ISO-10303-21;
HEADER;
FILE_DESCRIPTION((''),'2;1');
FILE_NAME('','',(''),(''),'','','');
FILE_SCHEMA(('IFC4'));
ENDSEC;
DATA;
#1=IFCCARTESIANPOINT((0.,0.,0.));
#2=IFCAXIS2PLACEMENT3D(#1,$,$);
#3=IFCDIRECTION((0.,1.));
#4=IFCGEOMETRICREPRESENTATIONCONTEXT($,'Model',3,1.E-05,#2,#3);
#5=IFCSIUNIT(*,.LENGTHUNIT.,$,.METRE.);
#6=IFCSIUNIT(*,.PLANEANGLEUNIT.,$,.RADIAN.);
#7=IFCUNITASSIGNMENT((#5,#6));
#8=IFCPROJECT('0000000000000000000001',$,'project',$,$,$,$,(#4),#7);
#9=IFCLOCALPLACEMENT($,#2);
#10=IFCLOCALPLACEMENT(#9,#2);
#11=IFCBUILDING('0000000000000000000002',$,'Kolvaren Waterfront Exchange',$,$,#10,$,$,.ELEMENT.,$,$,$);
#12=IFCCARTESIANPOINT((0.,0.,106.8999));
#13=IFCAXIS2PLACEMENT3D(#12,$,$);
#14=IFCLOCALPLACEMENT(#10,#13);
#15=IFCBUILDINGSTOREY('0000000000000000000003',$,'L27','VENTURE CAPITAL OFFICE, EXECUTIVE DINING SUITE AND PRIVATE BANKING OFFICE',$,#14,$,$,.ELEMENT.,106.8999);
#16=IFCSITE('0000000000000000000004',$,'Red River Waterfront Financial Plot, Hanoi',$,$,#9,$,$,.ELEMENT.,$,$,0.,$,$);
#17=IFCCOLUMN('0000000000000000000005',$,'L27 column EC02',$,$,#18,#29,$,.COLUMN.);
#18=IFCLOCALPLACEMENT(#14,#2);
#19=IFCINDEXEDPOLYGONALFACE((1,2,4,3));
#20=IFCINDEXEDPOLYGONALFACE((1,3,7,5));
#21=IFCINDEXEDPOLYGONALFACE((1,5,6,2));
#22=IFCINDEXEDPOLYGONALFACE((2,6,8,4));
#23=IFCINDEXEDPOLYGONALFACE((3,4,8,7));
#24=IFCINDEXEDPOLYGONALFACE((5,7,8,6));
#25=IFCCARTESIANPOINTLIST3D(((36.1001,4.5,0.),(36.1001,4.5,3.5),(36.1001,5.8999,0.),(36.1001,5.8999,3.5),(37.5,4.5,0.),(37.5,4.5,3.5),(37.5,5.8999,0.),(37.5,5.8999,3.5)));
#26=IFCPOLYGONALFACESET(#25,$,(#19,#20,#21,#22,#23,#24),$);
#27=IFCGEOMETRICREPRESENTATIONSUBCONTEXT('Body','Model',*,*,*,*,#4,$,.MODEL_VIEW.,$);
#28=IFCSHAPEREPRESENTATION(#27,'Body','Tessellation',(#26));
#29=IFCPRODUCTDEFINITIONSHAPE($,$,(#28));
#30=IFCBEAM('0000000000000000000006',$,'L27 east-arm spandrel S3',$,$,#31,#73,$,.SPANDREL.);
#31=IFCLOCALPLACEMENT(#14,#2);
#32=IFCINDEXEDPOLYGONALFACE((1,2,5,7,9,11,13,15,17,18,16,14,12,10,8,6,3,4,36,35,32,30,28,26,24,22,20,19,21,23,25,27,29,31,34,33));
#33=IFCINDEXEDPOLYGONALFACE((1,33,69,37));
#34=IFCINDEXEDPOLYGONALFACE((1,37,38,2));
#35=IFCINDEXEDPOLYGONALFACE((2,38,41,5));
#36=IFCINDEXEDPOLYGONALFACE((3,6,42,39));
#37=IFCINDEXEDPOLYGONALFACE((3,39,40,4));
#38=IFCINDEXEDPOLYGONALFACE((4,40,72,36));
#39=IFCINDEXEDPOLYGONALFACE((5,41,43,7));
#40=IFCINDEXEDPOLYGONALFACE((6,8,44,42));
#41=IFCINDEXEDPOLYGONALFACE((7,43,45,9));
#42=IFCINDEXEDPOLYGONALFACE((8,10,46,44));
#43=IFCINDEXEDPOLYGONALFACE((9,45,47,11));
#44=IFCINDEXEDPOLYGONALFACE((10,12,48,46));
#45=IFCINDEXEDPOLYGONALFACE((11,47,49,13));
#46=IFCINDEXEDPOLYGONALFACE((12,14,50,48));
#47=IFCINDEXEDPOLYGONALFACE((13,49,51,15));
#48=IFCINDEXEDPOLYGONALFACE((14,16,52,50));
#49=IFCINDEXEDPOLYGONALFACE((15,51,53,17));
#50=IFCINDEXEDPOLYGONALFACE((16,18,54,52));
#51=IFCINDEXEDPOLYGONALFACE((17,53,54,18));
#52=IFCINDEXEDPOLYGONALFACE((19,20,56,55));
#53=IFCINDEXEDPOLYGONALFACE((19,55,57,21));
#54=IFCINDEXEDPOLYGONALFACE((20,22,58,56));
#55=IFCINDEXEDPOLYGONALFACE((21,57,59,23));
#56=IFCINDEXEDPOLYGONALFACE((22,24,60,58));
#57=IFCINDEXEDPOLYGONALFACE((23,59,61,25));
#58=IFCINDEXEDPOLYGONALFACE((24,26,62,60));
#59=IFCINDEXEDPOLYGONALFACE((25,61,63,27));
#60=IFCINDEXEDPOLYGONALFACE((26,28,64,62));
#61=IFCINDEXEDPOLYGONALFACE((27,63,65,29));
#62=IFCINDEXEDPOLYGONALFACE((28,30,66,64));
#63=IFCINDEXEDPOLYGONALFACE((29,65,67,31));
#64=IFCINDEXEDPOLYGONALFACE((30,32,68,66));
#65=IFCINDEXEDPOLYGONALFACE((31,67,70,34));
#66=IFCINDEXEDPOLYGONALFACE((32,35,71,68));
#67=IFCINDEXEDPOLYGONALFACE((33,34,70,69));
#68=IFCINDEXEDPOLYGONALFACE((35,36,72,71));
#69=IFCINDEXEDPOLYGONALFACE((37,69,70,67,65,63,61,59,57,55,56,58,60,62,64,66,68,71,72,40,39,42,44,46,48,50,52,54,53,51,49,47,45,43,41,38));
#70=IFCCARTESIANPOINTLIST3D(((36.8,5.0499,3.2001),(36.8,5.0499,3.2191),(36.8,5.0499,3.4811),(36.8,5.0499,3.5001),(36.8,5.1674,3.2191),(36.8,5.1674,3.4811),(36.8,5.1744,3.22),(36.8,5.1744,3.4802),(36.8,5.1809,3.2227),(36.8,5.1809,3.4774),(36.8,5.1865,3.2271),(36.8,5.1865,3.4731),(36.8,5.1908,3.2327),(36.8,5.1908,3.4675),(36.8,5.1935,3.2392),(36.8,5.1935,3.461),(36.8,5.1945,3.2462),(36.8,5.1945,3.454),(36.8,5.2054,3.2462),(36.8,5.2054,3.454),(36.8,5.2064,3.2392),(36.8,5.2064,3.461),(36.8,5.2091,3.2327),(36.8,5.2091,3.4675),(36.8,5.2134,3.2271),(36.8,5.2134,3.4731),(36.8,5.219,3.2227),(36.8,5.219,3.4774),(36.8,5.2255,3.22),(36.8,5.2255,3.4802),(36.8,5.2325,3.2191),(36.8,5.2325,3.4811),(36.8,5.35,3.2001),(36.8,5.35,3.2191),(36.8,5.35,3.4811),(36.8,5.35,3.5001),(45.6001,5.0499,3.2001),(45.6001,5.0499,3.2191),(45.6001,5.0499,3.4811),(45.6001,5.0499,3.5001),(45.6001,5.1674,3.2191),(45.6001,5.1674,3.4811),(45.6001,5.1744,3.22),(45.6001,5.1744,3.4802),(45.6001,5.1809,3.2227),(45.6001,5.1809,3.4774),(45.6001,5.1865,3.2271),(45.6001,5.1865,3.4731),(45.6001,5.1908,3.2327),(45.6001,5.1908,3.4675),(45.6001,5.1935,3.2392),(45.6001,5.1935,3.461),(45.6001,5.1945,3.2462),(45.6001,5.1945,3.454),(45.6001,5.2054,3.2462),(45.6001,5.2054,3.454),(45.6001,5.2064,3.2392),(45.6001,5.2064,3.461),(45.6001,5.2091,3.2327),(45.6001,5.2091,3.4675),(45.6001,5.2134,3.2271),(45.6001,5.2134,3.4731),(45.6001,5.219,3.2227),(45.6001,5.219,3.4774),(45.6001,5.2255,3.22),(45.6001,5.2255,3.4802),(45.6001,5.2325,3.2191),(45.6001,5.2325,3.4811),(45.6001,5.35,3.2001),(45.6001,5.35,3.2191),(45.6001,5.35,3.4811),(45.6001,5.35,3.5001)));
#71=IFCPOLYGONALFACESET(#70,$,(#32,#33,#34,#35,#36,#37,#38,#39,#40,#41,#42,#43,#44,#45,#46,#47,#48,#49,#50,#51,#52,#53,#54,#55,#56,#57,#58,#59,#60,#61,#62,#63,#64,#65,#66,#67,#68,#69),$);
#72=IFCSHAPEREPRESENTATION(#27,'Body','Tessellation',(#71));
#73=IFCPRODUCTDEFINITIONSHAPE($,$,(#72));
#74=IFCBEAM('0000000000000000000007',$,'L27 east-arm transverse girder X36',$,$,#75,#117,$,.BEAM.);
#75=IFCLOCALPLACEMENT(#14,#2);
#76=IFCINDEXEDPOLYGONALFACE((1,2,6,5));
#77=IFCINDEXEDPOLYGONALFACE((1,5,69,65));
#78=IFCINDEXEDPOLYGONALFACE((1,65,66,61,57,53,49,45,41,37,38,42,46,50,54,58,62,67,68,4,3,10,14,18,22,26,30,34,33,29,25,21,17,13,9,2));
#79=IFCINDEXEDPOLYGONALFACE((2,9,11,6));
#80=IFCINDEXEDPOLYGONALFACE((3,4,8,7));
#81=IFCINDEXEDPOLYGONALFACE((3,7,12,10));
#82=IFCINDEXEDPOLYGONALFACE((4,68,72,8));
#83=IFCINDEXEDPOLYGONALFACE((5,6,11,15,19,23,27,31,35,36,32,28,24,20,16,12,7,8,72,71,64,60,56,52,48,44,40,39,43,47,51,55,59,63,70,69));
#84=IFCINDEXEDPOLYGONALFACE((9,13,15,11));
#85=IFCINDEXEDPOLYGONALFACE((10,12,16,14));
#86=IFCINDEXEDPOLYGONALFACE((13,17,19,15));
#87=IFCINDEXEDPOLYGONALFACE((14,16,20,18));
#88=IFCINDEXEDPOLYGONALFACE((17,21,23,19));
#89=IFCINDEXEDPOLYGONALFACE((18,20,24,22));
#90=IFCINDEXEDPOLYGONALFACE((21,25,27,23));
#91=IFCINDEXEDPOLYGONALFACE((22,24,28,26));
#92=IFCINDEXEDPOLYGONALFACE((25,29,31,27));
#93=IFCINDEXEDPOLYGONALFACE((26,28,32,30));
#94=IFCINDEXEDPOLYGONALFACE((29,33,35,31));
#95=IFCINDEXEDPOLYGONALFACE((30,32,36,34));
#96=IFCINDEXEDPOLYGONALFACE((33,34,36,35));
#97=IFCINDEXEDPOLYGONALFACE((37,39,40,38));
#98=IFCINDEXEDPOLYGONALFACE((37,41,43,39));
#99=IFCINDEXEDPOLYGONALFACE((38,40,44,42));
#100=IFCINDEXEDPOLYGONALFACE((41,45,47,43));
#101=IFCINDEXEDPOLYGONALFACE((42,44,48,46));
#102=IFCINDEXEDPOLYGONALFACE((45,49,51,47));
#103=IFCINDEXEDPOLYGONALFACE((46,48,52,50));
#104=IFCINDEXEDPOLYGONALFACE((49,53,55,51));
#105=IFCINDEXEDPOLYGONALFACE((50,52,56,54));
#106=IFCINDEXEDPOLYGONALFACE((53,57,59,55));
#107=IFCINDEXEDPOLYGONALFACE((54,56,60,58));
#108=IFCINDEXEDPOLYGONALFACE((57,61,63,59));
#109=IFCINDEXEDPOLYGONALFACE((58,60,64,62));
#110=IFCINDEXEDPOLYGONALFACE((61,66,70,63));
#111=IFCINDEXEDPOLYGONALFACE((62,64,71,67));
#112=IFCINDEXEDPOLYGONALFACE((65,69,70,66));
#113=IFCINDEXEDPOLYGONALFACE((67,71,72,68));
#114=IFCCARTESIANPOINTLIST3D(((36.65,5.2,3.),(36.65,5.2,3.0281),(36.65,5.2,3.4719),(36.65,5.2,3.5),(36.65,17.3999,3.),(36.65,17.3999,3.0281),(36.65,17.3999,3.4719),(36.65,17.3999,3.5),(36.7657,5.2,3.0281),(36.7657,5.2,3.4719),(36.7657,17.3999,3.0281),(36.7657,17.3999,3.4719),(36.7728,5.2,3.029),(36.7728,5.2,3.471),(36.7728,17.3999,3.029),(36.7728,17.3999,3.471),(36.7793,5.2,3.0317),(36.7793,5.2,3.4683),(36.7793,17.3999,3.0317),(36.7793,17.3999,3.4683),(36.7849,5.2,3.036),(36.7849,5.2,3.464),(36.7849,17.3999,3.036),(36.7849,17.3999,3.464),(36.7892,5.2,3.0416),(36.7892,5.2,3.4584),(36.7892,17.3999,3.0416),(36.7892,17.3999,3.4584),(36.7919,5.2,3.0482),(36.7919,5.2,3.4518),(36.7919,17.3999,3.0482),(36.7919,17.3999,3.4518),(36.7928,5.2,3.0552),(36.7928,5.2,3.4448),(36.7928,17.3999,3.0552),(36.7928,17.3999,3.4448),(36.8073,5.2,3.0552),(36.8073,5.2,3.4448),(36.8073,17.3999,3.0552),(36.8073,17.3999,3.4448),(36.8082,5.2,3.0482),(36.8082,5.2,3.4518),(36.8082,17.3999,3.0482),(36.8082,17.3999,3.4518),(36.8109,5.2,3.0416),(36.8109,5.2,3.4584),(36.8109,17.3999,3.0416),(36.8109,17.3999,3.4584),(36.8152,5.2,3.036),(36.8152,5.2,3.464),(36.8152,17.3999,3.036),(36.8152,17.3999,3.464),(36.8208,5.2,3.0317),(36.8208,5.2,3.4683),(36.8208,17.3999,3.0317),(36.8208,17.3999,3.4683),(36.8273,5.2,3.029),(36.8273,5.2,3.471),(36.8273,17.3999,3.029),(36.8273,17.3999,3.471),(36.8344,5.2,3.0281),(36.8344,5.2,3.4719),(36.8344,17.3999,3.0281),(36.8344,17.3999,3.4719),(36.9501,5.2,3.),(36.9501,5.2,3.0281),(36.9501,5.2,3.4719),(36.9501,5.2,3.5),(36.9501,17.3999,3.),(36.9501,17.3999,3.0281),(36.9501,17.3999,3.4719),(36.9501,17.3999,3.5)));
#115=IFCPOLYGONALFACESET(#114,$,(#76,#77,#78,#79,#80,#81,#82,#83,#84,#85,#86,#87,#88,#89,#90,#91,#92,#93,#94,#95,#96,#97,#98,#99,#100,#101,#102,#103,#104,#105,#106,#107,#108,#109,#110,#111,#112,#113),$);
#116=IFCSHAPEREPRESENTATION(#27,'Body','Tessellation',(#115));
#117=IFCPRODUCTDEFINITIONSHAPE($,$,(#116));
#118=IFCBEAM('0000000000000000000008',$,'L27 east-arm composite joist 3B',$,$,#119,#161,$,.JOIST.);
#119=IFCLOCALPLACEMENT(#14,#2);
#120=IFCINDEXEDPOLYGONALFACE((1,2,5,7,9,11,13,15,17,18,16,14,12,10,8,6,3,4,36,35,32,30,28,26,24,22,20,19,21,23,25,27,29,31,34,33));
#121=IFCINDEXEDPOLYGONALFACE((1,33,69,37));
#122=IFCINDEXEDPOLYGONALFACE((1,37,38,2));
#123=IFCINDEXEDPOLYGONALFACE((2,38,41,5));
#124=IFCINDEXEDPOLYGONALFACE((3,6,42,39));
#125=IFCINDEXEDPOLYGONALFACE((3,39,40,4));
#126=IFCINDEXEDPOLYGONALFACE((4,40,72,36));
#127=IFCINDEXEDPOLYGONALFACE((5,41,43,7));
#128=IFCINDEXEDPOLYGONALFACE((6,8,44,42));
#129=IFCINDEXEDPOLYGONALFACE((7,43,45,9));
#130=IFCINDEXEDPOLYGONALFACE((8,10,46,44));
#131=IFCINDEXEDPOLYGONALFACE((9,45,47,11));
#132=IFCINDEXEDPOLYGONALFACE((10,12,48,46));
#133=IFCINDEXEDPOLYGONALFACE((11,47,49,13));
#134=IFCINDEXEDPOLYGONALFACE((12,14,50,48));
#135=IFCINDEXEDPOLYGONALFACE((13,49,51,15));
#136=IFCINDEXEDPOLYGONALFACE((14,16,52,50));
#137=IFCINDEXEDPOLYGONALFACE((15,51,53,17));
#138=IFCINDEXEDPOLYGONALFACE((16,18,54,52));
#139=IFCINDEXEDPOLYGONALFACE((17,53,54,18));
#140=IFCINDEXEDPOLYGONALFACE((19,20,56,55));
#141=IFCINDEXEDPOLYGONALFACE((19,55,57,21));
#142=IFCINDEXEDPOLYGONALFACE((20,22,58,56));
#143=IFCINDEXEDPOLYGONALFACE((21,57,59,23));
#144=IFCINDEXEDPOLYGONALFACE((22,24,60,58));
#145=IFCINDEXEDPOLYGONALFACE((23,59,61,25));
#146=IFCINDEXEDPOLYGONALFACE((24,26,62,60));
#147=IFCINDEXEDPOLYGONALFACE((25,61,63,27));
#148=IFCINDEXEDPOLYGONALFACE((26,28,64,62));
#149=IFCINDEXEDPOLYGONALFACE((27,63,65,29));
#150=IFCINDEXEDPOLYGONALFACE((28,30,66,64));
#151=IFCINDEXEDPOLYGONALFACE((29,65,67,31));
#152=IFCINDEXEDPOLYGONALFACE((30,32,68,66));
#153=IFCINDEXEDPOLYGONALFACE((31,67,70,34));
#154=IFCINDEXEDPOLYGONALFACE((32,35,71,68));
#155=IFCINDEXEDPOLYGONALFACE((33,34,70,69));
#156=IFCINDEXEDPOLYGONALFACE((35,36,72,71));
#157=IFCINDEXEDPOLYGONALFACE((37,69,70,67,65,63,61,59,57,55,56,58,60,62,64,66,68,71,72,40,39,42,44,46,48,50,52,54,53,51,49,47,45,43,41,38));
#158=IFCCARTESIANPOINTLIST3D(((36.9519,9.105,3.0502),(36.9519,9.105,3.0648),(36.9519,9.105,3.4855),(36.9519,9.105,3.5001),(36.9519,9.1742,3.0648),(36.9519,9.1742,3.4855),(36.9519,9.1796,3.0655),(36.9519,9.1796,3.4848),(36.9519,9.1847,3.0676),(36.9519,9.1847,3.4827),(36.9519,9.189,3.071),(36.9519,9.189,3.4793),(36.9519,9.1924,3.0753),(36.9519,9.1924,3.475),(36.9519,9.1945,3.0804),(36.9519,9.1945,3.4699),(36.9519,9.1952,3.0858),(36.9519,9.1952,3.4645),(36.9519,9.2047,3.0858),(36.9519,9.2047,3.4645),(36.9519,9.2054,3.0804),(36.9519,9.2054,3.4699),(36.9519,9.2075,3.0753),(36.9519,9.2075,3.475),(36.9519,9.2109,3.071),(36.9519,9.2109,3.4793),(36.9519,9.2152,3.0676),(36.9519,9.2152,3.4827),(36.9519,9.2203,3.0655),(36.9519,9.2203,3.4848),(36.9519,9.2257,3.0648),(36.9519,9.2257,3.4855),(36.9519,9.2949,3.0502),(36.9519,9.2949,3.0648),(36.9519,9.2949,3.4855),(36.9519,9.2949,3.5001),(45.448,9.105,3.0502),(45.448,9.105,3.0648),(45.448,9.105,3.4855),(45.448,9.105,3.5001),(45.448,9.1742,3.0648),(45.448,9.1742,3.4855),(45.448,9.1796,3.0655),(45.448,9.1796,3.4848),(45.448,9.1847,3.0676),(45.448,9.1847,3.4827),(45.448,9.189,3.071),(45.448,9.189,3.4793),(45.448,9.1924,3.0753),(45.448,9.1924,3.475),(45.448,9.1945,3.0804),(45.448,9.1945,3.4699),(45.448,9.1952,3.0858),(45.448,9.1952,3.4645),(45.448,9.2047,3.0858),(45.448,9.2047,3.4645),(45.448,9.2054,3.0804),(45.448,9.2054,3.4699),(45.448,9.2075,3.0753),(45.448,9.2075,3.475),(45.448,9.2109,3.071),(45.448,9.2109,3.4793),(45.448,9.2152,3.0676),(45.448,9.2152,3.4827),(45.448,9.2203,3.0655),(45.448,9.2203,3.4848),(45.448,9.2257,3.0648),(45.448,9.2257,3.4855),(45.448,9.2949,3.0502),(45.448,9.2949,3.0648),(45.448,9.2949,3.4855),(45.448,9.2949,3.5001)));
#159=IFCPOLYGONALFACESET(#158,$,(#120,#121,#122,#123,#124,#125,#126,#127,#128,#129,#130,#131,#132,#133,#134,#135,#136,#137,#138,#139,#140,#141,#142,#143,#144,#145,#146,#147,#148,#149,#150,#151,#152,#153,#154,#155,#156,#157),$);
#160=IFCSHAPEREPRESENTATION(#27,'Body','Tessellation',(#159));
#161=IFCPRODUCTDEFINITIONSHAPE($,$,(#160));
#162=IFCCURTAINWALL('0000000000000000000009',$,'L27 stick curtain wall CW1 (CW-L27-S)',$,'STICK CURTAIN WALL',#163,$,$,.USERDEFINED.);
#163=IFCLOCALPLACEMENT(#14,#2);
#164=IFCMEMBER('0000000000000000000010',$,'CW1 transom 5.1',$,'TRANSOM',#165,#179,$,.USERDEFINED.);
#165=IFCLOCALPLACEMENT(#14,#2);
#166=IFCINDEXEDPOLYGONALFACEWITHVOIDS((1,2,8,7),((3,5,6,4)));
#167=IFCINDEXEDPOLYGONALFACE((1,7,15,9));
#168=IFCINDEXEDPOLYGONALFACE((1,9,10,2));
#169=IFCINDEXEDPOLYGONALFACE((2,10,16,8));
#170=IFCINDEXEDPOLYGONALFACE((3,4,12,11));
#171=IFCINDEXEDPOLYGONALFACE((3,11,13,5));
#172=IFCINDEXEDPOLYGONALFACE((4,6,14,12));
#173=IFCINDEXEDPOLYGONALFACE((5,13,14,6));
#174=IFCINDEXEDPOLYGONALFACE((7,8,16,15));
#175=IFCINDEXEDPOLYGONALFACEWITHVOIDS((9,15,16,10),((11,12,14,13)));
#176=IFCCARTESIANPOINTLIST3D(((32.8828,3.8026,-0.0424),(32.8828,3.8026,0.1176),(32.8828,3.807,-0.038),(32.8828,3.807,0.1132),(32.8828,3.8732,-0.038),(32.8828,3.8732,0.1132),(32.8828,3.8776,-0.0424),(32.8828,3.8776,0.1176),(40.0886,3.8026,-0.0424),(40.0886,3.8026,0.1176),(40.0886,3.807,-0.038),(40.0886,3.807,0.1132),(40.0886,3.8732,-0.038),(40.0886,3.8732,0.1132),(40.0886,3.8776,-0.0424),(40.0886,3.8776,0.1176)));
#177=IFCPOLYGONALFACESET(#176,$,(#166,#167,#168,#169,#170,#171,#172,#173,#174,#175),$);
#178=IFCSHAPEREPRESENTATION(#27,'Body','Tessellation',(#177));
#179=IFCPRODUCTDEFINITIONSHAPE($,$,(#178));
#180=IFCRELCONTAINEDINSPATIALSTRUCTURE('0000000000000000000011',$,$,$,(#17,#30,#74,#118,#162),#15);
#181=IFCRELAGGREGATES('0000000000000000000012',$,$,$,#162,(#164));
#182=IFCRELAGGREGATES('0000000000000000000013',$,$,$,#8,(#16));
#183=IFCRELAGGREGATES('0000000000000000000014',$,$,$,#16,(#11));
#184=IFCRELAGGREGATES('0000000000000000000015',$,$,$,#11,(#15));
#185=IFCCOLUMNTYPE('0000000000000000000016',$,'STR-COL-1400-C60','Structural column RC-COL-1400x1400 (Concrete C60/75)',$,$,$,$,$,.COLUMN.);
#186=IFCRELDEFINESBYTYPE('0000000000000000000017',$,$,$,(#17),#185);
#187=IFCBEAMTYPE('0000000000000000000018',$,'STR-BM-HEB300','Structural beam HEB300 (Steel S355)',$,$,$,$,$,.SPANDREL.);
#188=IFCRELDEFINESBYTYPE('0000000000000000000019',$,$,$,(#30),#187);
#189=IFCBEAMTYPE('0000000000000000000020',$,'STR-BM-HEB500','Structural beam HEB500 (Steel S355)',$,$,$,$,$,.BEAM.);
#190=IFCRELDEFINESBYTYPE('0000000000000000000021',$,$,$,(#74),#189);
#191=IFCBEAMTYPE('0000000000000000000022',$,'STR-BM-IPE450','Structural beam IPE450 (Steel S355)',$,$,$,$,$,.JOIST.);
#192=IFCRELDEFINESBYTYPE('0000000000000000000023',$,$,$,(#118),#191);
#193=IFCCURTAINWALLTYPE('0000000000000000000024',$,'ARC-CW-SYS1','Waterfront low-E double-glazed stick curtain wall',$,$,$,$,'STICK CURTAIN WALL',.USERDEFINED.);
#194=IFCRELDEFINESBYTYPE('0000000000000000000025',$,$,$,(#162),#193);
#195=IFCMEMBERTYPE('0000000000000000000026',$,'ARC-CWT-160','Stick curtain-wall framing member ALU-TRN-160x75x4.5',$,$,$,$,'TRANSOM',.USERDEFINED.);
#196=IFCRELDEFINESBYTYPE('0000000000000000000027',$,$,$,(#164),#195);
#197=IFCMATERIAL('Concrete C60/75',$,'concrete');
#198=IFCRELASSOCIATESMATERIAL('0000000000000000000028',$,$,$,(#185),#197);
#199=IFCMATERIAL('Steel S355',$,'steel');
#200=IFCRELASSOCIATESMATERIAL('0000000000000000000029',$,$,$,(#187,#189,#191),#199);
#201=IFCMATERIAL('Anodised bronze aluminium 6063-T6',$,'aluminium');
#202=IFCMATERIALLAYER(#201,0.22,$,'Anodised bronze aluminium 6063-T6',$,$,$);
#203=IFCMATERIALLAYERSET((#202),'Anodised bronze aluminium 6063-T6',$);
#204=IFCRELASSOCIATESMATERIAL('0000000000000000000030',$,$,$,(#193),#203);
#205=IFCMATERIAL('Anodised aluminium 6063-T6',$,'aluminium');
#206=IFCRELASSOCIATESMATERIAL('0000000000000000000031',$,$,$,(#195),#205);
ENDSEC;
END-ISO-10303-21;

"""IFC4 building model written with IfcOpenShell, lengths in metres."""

from ifc_helpers import new_model, si_unit, direction, frame, origin, origin_with_axes, origin_2d, place, context, subcontext, project, spatial, rectangle, hollow_rectangle, i_section, extrude, source, transform, mapped, material, layer, layer_set, material_profile, profile_set, type_object, element, aggregate, save


model = new_model("IFC4")

# Units and contexts
model_context = context("Model", 3, precision=1e-05, world=origin(), true_north=direction((0.0, 1.0)))
body_context = subcontext(model_context, "Body", "Model", "MODEL_VIEW")
ifc_project = project(units=[si_unit("LENGTHUNIT", "METRE"), si_unit("PLANEANGLEUNIT", "RADIAN")], contexts=[model_context])

# Site, building, storey
site_placement = place(None, origin())
site = spatial("IfcSite", under=ifc_project, at=site_placement, Name="Red River Waterfront Financial Plot, Hanoi", CompositionType="ELEMENT", RefElevation=0.0)
building_placement = place(site_placement, origin())
building = spatial("IfcBuilding", under=site, at=building_placement, Name="Kolvaren Waterfront Exchange", CompositionType="ELEMENT")
storey_placement = place(building_placement, frame((0.0, 0.0, 106.8999)))
storey = spatial("IfcBuildingStorey", under=building, at=storey_placement, Name="L27", Description="VENTURE CAPITAL OFFICE, EXECUTIVE DINING SUITE AND PRIVATE BANKING OFFICE", CompositionType="ELEMENT", Elevation=106.8999)

# Column
ifc_material_1 = material(Name="Concrete C60/75", Category="concrete")
ifc_material_profile_1 = material_profile(ifc_material_1, rectangle(XDim=1.3999, YDim=1.3999, at=origin_2d()), Name="RC-COL-1400x1400")
ifc_profile_set_1 = profile_set([ifc_material_profile_1], Name="Concrete C60/75")
column_type = type_object("IfcColumnType", Name="STR-COL-1400-C60", Description="Structural column RC-COL-1400x1400 (Concrete C60/75)", PredefinedType="COLUMN", material=ifc_profile_set_1)
column_placement = place(storey_placement, frame((36.8, 5.2, 0.0), z_axis=(0.0, 0.0, 1.0), x_axis=(1.0, 0.0, 0.0)))
element("IfcColumn", 1, at=column_placement, inside=storey, type_object=column_type, Name="L27 column EC02", PredefinedType="COLUMN", context=body_context, shape_type="SweptSolid", body=[
    extrude(rectangle(XDim=1.3999, YDim=1.3999, at=origin_2d()), origin(), (0.0, 0.0, 1.0), 3.5),
])

# Beams
ifc_material_2 = material(Name="Steel S355", Category="steel")
ifc_material_profile_2 = material_profile(ifc_material_2, i_section(OverallWidth=0.3, OverallDepth=0.3, WebThickness=0.011, FlangeThickness=0.019, FilletRadius=0.0271, at=origin_2d()), Name="HEB300")
ifc_profile_set_2 = profile_set([ifc_material_profile_2], Name="Steel S355")
beam_type_1 = type_object("IfcBeamType", Name="STR-BM-HEB300", Description="Structural beam HEB300 (Steel S355)", PredefinedType="SPANDREL", material=ifc_profile_set_2)
beam_1_placement = place(storey_placement, frame((36.8, 5.2, 3.3501), z_axis=(1.0, 0.0, 0.0), x_axis=(0.0, 1.0, 0.0)))
element("IfcBeam", 2, at=beam_1_placement, inside=storey, type_object=beam_type_1, Name="L27 east-arm spandrel S3", PredefinedType="SPANDREL", context=body_context, shape_type="SweptSolid", body=[
    extrude(i_section(OverallWidth=0.3, OverallDepth=0.3, WebThickness=0.011, FlangeThickness=0.019, FilletRadius=0.0271, at=origin_2d()), origin(), (0.0, 0.0, 1.0), 8.8),
])
ifc_material_profile_3 = material_profile(ifc_material_2, i_section(OverallWidth=0.3, OverallDepth=0.5, WebThickness=0.0144, FlangeThickness=0.0281, FilletRadius=0.0271, at=origin_2d()), Name="HEB500")
ifc_profile_set_3 = profile_set([ifc_material_profile_3], Name="Steel S355")
beam_type_2 = type_object("IfcBeamType", Name="STR-BM-HEB500", Description="Structural beam HEB500 (Steel S355)", PredefinedType="BEAM", material=ifc_profile_set_3)
beam_2_placement = place(storey_placement, frame((36.8, 5.2, 3.25), z_axis=(0.0, 1.0, 0.0), x_axis=(-1.0, 0.0, 0.0)))
element("IfcBeam", 3, at=beam_2_placement, inside=storey, type_object=beam_type_2, Name="L27 east-arm transverse girder X36", PredefinedType="BEAM", context=body_context, shape_type="SweptSolid", body=[
    extrude(i_section(OverallWidth=0.3, OverallDepth=0.5, WebThickness=0.0144, FlangeThickness=0.0281, FilletRadius=0.0271, at=origin_2d()), origin(), (0.0, 0.0, 1.0), 12.2),
])
ifc_material_profile_4 = material_profile(ifc_material_2, i_section(OverallWidth=0.1899, OverallDepth=0.45, WebThickness=0.0095, FlangeThickness=0.0146, FilletRadius=0.021, at=origin_2d()), Name="IPE450")
ifc_profile_set_4 = profile_set([ifc_material_profile_4], Name="Steel S355")
beam_type_3 = type_object("IfcBeamType", Name="STR-BM-IPE450", Description="Structural beam IPE450 (Steel S355)", PredefinedType="JOIST", material=ifc_profile_set_4)
beam_3_placement = place(storey_placement, frame((36.9519, 9.2, 3.2751), z_axis=(1.0, 0.0, 0.0), x_axis=(0.0, 1.0, 0.0)))
element("IfcBeam", 4, at=beam_3_placement, inside=storey, type_object=beam_type_3, Name="L27 east-arm composite joist 3B", PredefinedType="JOIST", context=body_context, shape_type="SweptSolid", body=[
    extrude(i_section(OverallWidth=0.1899, OverallDepth=0.45, WebThickness=0.0095, FlangeThickness=0.0146, FilletRadius=0.021, at=origin_2d()), origin(), (0.0, 0.0, 1.0), 8.4961),
])

# Curtain wall, member
ifc_material_3 = material(Name="Anodised bronze aluminium 6063-T6", Category="aluminium")
ifc_layer_1 = layer(ifc_material_3, 0.22, Name="Anodised bronze aluminium 6063-T6")
ifc_layer_set_1 = layer_set([ifc_layer_1], Name="Anodised bronze aluminium 6063-T6")
curtain_wall_type = type_object("IfcCurtainWallType", Name="ARC-CW-SYS1", Description="Waterfront low-E double-glazed stick curtain wall", ElementType="STICK CURTAIN WALL", PredefinedType="USERDEFINED", material=ifc_layer_set_1)
curtain_wall_placement = place(storey_placement, origin())
curtain_wall = element("IfcCurtainWall", 5, at=curtain_wall_placement, inside=storey, type_object=curtain_wall_type, Name="L27 stick curtain wall CW1 (CW-L27-S)", ObjectType="STICK CURTAIN WALL", PredefinedType="USERDEFINED")
ifc_material_4 = material(Name="Anodised aluminium 6063-T6", Category="aluminium")
ifc_material_profile_5 = material_profile(ifc_material_4, hollow_rectangle(XDim=0.075, YDim=0.1599, WallThickness=0.0044, at=origin_2d()), Name="ALU-TRN-160x75x4.5")
ifc_profile_set_5 = profile_set([ifc_material_profile_5], Name="Anodised aluminium 6063-T6")
member_type_1 = type_object("IfcMemberType", Name="ARC-CWT-160", Description="Stick curtain-wall framing member ALU-TRN-160x75x4.5", ElementType="TRANSOM", PredefinedType="USERDEFINED", material=ifc_profile_set_5)
shared_shape_1 = source(origin_with_axes(), body_context, "Body", "SweptSolid", [
    extrude(hollow_rectangle(XDim=0.075, YDim=0.1599, WallThickness=0.0044, at=origin_2d()), origin(), (0.0, 0.0, 1.0), 7.2058),
])
member_1_placement = place(storey_placement, frame((32.8828, 3.8401, 0.0376), z_axis=(1.0, 0.0, 0.0), x_axis=(0.0, 1.0, 0.0)))
member_1 = element("IfcMember", 6, at=member_1_placement, type_object=member_type_1, Name="CW1 transom 5.1", ObjectType="TRANSOM", PredefinedType="USERDEFINED", context=body_context, shape_type="MappedRepresentation", body=[
    mapped(shared_shape_1, transform((0.0, 0.0, 0.0), x_axis=(1.0, 0.0, 0.0), y_axis=(0.0, 1.0, 0.0), z_axis=(0.0, 0.0, 1.0), scale=1.0)),
])
aggregate(curtain_wall, [member_1])

save(model, "model.ifc")
